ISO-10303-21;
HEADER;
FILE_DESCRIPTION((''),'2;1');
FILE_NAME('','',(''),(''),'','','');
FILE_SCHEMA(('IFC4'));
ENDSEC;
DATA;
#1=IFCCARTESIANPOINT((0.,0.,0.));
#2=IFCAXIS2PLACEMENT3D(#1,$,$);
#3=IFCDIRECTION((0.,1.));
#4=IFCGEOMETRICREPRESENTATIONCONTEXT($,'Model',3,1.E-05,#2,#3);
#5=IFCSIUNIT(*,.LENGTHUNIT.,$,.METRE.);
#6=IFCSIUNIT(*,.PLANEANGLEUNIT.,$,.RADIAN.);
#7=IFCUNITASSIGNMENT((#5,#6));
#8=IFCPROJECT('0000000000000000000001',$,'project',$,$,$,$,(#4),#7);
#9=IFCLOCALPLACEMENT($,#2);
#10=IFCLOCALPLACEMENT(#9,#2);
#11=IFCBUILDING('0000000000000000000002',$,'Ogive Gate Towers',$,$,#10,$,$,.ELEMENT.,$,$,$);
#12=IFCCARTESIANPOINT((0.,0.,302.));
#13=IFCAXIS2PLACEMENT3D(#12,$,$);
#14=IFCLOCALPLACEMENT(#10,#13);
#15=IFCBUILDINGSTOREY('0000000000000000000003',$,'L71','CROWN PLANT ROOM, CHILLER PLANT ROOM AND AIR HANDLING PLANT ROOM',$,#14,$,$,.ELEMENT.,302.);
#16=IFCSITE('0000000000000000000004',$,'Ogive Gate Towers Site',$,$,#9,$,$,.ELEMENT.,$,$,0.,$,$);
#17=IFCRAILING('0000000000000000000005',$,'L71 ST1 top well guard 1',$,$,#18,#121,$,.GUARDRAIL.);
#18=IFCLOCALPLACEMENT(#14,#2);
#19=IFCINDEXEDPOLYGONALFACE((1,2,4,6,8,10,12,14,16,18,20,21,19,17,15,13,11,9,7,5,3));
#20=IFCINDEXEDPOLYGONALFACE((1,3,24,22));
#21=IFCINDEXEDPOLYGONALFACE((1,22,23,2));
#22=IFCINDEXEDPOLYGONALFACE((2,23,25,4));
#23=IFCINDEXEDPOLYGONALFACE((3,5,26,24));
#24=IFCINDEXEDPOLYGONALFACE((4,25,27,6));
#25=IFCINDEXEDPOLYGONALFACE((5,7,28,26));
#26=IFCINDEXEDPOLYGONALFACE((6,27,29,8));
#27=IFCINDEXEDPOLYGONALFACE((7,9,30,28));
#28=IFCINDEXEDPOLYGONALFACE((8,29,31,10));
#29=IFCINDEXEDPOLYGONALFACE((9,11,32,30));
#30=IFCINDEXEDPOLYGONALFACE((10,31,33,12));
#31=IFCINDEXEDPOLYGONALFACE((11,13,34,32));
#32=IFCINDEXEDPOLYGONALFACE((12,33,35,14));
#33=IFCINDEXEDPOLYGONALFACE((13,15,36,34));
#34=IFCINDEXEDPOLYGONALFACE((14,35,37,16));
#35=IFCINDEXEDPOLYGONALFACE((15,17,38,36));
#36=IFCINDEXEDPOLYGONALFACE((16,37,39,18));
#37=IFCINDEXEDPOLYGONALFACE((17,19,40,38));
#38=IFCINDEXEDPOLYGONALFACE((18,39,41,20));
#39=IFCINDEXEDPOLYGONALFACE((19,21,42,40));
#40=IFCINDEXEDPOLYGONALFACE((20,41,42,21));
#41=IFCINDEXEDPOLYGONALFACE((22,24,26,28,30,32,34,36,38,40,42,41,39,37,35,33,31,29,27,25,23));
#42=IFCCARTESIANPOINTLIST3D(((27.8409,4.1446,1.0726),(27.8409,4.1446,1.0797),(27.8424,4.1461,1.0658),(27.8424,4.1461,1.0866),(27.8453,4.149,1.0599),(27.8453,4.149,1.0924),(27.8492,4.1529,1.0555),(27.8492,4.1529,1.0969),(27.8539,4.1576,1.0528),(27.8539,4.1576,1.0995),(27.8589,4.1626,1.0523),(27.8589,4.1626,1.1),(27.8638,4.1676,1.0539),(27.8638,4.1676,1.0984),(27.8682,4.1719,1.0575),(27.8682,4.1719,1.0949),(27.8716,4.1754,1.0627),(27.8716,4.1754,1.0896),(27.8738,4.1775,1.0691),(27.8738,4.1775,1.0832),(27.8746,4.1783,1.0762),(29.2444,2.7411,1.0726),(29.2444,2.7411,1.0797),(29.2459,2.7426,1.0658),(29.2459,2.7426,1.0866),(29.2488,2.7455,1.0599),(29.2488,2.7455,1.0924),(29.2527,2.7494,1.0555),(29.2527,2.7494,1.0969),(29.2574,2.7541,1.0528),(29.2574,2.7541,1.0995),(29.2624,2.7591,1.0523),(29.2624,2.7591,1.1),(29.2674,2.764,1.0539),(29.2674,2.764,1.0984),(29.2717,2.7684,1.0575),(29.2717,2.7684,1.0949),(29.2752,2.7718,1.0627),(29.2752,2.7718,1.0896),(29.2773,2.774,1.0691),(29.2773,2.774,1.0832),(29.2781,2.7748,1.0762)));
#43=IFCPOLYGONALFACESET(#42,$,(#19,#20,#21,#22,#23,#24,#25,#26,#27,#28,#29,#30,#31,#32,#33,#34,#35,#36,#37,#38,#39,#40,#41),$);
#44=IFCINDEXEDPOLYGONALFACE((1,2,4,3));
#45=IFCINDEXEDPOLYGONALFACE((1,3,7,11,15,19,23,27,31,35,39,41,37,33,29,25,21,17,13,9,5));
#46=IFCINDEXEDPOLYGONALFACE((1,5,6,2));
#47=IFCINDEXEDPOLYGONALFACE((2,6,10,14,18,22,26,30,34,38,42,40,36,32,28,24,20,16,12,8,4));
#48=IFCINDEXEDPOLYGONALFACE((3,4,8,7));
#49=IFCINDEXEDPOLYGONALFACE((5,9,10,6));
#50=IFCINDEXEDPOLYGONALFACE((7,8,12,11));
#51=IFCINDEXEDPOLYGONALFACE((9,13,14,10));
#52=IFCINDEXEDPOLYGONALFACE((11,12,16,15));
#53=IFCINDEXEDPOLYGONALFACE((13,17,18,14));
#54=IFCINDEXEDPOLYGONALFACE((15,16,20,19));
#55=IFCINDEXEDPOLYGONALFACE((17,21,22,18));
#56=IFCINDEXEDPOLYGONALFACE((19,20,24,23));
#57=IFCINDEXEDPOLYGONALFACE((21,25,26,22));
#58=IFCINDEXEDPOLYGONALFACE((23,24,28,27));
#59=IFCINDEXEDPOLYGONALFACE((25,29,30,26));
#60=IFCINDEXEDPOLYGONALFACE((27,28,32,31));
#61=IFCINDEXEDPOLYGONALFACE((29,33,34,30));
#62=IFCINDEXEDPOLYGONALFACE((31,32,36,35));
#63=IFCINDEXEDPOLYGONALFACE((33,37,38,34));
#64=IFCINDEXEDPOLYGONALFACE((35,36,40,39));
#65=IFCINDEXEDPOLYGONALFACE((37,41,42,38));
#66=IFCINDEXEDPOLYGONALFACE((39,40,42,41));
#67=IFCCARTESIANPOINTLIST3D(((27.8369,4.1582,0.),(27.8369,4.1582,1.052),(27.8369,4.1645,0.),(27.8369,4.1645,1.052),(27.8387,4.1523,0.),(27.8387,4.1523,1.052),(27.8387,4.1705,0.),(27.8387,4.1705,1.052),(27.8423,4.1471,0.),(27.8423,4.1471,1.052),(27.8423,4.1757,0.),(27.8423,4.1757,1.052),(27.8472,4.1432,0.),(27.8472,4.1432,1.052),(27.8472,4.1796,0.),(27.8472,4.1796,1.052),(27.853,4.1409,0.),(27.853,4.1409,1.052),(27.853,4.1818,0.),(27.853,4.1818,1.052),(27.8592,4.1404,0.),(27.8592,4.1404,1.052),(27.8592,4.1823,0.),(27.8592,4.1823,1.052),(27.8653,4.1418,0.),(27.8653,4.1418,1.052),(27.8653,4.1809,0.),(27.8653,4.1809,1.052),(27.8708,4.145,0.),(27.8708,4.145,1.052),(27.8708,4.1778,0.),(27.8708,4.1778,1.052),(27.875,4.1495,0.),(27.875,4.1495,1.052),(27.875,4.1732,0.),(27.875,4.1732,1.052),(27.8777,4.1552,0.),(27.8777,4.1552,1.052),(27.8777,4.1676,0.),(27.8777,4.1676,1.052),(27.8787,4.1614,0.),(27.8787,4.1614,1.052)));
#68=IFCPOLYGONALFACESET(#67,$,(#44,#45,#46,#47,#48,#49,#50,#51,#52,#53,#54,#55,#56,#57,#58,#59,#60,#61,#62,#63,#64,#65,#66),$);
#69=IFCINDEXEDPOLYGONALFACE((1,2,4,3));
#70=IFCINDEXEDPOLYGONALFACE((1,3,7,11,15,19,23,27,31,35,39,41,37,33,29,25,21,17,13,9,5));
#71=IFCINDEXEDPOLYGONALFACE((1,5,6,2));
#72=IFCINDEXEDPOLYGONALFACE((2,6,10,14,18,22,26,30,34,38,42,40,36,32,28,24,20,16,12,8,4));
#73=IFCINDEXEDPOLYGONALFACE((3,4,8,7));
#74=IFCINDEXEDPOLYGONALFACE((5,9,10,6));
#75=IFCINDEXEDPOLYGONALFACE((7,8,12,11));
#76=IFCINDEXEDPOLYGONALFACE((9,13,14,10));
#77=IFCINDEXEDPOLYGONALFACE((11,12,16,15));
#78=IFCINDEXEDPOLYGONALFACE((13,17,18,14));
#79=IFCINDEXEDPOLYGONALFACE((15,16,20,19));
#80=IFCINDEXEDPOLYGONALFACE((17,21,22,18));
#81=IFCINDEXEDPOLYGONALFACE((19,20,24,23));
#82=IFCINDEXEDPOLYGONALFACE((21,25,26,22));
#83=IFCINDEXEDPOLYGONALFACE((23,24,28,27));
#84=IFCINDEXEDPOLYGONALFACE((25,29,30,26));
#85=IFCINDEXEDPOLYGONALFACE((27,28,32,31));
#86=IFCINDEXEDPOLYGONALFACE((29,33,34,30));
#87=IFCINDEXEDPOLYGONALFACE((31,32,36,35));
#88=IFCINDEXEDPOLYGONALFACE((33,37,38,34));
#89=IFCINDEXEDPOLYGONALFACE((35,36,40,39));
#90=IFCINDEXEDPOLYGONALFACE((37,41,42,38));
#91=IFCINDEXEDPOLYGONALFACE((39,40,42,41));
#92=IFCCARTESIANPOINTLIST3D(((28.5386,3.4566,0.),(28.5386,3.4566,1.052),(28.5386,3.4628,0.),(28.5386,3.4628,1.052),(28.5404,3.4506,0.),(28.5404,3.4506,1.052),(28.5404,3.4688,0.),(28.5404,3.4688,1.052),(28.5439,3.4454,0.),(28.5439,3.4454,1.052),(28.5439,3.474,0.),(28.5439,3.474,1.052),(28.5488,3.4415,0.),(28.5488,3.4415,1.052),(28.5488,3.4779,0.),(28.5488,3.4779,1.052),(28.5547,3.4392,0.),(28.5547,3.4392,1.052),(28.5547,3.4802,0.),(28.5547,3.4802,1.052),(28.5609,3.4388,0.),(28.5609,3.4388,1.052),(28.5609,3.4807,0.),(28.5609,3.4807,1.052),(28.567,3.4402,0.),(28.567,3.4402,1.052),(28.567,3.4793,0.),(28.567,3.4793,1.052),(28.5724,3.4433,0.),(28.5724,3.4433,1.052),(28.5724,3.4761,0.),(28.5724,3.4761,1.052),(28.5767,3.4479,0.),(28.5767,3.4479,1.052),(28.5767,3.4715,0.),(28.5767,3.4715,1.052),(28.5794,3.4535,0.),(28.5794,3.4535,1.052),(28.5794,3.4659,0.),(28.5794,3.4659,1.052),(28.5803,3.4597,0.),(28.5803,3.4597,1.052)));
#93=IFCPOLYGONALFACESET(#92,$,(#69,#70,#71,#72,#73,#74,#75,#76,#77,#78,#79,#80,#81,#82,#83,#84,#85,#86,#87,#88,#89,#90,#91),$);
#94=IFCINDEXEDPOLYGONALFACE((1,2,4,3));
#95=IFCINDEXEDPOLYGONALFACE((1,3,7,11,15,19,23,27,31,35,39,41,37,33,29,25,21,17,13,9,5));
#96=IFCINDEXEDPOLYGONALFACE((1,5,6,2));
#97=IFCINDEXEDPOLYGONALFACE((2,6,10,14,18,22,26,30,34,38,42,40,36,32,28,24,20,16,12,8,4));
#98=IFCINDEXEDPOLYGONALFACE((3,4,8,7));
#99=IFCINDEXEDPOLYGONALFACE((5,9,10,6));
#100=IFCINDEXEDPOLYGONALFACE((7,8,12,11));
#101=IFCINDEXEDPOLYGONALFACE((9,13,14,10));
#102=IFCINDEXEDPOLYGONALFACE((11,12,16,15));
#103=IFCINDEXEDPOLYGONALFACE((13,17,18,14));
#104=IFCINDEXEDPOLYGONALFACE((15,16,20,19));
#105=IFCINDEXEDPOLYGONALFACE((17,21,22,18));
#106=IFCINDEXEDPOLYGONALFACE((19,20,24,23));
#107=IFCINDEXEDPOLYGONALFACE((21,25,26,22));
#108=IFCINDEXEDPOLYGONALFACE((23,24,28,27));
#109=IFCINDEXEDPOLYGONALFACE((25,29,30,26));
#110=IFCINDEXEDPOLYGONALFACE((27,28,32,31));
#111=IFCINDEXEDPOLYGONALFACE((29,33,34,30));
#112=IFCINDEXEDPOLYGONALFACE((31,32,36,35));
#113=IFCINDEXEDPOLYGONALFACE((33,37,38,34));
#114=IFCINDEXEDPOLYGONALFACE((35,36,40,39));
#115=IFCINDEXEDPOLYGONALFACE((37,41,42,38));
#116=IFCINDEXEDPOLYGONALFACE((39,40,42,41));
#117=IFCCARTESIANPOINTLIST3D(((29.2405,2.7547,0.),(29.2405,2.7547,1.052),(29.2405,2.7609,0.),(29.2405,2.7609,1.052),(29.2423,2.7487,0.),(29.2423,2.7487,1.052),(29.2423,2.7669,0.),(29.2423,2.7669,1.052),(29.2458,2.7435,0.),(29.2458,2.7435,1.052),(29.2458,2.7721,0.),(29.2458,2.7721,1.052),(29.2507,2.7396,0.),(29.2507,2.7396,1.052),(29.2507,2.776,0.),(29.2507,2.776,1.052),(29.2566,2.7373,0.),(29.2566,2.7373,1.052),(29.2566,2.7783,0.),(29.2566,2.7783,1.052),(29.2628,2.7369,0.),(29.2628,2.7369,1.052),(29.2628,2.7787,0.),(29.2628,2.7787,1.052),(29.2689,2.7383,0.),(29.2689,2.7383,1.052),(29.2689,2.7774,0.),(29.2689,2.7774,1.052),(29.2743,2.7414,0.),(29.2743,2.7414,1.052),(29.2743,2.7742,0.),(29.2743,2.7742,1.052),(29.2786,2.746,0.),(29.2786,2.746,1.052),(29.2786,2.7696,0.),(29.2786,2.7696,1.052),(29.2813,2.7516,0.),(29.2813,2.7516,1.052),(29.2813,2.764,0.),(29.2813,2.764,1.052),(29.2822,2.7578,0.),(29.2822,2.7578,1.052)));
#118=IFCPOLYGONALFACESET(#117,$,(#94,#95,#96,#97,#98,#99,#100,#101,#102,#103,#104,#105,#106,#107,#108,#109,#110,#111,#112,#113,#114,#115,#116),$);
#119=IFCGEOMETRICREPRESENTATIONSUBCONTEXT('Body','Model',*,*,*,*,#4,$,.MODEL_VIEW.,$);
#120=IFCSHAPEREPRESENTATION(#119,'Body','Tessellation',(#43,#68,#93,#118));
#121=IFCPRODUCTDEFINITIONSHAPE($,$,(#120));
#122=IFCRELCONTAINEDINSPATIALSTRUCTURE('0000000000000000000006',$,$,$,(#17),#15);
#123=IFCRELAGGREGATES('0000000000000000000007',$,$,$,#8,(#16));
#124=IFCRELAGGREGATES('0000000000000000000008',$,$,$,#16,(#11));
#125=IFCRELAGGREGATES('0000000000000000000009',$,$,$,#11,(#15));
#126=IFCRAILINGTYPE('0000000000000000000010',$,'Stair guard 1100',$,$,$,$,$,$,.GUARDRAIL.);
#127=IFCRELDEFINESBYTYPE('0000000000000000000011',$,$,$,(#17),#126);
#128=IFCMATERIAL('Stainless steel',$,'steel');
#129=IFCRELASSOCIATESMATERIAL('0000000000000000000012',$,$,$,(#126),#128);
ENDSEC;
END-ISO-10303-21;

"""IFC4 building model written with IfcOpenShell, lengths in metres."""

from ifc_helpers import new_model, si_unit, direction, frame, origin, origin_2d, place, context, subcontext, project, spatial, circle, extrude, material, type_object, element, save


model = new_model("IFC4")

# Units and contexts
model_context = context("Model", 3, precision=1e-05, world=origin(), true_north=direction((0.0, 1.0)))
body_context = subcontext(model_context, "Body", "Model", "MODEL_VIEW")
ifc_project = project(units=[si_unit("LENGTHUNIT", "METRE"), si_unit("PLANEANGLEUNIT", "RADIAN")], contexts=[model_context])

# Site, building, storey
site_placement = place(None, origin())
site = spatial("IfcSite", under=ifc_project, at=site_placement, Name="Ogive Gate Towers Site", CompositionType="ELEMENT", RefElevation=0.0)
building_placement = place(site_placement, origin())
building = spatial("IfcBuilding", under=site, at=building_placement, Name="Ogive Gate Towers", CompositionType="ELEMENT")
storey_placement = place(building_placement, frame((0.0, 0.0, 302.0)))
storey = spatial("IfcBuildingStorey", under=building, at=storey_placement, Name="L71", Description="CROWN PLANT ROOM, CHILLER PLANT ROOM AND AIR HANDLING PLANT ROOM", CompositionType="ELEMENT", Elevation=302.0)

# Railing
ifc_material_1 = material(Name="Stainless steel", Category="steel")
railing_type = type_object("IfcRailingType", Name="Stair guard 1100", PredefinedType="GUARDRAIL", material=ifc_material_1)
railing_placement = place(storey_placement, frame((27.8577, 4.1614, 0.0)))
element("IfcRailing", 1, at=railing_placement, inside=storey, type_object=railing_type, Name="L71 ST1 top well guard 1", PredefinedType="GUARDRAIL", context=body_context, shape_type="SweptSolid", body=[
    extrude(circle(Radius=0.0239, at=origin_2d()), frame((0.0, 0.0, 1.0762), z_axis=(0.707107, -0.707107, 0.0), x_axis=(0.707107, 0.707107, 0.0)), (0.0, 0.0, 1.0), 1.9849),
    extrude(circle(Radius=0.021, at=origin_2d()), origin(), (0.0, 0.0, 1.0), 1.052),
    extrude(circle(Radius=0.021, at=origin_2d()), frame((0.7017, -0.7017, 0.0)), (0.0, 0.0, 1.0), 1.052),
    extrude(circle(Radius=0.021, at=origin_2d()), frame((1.4036, -1.4036, 0.0)), (0.0, 0.0, 1.0), 1.052),
])

save(model, "model.ifc")
